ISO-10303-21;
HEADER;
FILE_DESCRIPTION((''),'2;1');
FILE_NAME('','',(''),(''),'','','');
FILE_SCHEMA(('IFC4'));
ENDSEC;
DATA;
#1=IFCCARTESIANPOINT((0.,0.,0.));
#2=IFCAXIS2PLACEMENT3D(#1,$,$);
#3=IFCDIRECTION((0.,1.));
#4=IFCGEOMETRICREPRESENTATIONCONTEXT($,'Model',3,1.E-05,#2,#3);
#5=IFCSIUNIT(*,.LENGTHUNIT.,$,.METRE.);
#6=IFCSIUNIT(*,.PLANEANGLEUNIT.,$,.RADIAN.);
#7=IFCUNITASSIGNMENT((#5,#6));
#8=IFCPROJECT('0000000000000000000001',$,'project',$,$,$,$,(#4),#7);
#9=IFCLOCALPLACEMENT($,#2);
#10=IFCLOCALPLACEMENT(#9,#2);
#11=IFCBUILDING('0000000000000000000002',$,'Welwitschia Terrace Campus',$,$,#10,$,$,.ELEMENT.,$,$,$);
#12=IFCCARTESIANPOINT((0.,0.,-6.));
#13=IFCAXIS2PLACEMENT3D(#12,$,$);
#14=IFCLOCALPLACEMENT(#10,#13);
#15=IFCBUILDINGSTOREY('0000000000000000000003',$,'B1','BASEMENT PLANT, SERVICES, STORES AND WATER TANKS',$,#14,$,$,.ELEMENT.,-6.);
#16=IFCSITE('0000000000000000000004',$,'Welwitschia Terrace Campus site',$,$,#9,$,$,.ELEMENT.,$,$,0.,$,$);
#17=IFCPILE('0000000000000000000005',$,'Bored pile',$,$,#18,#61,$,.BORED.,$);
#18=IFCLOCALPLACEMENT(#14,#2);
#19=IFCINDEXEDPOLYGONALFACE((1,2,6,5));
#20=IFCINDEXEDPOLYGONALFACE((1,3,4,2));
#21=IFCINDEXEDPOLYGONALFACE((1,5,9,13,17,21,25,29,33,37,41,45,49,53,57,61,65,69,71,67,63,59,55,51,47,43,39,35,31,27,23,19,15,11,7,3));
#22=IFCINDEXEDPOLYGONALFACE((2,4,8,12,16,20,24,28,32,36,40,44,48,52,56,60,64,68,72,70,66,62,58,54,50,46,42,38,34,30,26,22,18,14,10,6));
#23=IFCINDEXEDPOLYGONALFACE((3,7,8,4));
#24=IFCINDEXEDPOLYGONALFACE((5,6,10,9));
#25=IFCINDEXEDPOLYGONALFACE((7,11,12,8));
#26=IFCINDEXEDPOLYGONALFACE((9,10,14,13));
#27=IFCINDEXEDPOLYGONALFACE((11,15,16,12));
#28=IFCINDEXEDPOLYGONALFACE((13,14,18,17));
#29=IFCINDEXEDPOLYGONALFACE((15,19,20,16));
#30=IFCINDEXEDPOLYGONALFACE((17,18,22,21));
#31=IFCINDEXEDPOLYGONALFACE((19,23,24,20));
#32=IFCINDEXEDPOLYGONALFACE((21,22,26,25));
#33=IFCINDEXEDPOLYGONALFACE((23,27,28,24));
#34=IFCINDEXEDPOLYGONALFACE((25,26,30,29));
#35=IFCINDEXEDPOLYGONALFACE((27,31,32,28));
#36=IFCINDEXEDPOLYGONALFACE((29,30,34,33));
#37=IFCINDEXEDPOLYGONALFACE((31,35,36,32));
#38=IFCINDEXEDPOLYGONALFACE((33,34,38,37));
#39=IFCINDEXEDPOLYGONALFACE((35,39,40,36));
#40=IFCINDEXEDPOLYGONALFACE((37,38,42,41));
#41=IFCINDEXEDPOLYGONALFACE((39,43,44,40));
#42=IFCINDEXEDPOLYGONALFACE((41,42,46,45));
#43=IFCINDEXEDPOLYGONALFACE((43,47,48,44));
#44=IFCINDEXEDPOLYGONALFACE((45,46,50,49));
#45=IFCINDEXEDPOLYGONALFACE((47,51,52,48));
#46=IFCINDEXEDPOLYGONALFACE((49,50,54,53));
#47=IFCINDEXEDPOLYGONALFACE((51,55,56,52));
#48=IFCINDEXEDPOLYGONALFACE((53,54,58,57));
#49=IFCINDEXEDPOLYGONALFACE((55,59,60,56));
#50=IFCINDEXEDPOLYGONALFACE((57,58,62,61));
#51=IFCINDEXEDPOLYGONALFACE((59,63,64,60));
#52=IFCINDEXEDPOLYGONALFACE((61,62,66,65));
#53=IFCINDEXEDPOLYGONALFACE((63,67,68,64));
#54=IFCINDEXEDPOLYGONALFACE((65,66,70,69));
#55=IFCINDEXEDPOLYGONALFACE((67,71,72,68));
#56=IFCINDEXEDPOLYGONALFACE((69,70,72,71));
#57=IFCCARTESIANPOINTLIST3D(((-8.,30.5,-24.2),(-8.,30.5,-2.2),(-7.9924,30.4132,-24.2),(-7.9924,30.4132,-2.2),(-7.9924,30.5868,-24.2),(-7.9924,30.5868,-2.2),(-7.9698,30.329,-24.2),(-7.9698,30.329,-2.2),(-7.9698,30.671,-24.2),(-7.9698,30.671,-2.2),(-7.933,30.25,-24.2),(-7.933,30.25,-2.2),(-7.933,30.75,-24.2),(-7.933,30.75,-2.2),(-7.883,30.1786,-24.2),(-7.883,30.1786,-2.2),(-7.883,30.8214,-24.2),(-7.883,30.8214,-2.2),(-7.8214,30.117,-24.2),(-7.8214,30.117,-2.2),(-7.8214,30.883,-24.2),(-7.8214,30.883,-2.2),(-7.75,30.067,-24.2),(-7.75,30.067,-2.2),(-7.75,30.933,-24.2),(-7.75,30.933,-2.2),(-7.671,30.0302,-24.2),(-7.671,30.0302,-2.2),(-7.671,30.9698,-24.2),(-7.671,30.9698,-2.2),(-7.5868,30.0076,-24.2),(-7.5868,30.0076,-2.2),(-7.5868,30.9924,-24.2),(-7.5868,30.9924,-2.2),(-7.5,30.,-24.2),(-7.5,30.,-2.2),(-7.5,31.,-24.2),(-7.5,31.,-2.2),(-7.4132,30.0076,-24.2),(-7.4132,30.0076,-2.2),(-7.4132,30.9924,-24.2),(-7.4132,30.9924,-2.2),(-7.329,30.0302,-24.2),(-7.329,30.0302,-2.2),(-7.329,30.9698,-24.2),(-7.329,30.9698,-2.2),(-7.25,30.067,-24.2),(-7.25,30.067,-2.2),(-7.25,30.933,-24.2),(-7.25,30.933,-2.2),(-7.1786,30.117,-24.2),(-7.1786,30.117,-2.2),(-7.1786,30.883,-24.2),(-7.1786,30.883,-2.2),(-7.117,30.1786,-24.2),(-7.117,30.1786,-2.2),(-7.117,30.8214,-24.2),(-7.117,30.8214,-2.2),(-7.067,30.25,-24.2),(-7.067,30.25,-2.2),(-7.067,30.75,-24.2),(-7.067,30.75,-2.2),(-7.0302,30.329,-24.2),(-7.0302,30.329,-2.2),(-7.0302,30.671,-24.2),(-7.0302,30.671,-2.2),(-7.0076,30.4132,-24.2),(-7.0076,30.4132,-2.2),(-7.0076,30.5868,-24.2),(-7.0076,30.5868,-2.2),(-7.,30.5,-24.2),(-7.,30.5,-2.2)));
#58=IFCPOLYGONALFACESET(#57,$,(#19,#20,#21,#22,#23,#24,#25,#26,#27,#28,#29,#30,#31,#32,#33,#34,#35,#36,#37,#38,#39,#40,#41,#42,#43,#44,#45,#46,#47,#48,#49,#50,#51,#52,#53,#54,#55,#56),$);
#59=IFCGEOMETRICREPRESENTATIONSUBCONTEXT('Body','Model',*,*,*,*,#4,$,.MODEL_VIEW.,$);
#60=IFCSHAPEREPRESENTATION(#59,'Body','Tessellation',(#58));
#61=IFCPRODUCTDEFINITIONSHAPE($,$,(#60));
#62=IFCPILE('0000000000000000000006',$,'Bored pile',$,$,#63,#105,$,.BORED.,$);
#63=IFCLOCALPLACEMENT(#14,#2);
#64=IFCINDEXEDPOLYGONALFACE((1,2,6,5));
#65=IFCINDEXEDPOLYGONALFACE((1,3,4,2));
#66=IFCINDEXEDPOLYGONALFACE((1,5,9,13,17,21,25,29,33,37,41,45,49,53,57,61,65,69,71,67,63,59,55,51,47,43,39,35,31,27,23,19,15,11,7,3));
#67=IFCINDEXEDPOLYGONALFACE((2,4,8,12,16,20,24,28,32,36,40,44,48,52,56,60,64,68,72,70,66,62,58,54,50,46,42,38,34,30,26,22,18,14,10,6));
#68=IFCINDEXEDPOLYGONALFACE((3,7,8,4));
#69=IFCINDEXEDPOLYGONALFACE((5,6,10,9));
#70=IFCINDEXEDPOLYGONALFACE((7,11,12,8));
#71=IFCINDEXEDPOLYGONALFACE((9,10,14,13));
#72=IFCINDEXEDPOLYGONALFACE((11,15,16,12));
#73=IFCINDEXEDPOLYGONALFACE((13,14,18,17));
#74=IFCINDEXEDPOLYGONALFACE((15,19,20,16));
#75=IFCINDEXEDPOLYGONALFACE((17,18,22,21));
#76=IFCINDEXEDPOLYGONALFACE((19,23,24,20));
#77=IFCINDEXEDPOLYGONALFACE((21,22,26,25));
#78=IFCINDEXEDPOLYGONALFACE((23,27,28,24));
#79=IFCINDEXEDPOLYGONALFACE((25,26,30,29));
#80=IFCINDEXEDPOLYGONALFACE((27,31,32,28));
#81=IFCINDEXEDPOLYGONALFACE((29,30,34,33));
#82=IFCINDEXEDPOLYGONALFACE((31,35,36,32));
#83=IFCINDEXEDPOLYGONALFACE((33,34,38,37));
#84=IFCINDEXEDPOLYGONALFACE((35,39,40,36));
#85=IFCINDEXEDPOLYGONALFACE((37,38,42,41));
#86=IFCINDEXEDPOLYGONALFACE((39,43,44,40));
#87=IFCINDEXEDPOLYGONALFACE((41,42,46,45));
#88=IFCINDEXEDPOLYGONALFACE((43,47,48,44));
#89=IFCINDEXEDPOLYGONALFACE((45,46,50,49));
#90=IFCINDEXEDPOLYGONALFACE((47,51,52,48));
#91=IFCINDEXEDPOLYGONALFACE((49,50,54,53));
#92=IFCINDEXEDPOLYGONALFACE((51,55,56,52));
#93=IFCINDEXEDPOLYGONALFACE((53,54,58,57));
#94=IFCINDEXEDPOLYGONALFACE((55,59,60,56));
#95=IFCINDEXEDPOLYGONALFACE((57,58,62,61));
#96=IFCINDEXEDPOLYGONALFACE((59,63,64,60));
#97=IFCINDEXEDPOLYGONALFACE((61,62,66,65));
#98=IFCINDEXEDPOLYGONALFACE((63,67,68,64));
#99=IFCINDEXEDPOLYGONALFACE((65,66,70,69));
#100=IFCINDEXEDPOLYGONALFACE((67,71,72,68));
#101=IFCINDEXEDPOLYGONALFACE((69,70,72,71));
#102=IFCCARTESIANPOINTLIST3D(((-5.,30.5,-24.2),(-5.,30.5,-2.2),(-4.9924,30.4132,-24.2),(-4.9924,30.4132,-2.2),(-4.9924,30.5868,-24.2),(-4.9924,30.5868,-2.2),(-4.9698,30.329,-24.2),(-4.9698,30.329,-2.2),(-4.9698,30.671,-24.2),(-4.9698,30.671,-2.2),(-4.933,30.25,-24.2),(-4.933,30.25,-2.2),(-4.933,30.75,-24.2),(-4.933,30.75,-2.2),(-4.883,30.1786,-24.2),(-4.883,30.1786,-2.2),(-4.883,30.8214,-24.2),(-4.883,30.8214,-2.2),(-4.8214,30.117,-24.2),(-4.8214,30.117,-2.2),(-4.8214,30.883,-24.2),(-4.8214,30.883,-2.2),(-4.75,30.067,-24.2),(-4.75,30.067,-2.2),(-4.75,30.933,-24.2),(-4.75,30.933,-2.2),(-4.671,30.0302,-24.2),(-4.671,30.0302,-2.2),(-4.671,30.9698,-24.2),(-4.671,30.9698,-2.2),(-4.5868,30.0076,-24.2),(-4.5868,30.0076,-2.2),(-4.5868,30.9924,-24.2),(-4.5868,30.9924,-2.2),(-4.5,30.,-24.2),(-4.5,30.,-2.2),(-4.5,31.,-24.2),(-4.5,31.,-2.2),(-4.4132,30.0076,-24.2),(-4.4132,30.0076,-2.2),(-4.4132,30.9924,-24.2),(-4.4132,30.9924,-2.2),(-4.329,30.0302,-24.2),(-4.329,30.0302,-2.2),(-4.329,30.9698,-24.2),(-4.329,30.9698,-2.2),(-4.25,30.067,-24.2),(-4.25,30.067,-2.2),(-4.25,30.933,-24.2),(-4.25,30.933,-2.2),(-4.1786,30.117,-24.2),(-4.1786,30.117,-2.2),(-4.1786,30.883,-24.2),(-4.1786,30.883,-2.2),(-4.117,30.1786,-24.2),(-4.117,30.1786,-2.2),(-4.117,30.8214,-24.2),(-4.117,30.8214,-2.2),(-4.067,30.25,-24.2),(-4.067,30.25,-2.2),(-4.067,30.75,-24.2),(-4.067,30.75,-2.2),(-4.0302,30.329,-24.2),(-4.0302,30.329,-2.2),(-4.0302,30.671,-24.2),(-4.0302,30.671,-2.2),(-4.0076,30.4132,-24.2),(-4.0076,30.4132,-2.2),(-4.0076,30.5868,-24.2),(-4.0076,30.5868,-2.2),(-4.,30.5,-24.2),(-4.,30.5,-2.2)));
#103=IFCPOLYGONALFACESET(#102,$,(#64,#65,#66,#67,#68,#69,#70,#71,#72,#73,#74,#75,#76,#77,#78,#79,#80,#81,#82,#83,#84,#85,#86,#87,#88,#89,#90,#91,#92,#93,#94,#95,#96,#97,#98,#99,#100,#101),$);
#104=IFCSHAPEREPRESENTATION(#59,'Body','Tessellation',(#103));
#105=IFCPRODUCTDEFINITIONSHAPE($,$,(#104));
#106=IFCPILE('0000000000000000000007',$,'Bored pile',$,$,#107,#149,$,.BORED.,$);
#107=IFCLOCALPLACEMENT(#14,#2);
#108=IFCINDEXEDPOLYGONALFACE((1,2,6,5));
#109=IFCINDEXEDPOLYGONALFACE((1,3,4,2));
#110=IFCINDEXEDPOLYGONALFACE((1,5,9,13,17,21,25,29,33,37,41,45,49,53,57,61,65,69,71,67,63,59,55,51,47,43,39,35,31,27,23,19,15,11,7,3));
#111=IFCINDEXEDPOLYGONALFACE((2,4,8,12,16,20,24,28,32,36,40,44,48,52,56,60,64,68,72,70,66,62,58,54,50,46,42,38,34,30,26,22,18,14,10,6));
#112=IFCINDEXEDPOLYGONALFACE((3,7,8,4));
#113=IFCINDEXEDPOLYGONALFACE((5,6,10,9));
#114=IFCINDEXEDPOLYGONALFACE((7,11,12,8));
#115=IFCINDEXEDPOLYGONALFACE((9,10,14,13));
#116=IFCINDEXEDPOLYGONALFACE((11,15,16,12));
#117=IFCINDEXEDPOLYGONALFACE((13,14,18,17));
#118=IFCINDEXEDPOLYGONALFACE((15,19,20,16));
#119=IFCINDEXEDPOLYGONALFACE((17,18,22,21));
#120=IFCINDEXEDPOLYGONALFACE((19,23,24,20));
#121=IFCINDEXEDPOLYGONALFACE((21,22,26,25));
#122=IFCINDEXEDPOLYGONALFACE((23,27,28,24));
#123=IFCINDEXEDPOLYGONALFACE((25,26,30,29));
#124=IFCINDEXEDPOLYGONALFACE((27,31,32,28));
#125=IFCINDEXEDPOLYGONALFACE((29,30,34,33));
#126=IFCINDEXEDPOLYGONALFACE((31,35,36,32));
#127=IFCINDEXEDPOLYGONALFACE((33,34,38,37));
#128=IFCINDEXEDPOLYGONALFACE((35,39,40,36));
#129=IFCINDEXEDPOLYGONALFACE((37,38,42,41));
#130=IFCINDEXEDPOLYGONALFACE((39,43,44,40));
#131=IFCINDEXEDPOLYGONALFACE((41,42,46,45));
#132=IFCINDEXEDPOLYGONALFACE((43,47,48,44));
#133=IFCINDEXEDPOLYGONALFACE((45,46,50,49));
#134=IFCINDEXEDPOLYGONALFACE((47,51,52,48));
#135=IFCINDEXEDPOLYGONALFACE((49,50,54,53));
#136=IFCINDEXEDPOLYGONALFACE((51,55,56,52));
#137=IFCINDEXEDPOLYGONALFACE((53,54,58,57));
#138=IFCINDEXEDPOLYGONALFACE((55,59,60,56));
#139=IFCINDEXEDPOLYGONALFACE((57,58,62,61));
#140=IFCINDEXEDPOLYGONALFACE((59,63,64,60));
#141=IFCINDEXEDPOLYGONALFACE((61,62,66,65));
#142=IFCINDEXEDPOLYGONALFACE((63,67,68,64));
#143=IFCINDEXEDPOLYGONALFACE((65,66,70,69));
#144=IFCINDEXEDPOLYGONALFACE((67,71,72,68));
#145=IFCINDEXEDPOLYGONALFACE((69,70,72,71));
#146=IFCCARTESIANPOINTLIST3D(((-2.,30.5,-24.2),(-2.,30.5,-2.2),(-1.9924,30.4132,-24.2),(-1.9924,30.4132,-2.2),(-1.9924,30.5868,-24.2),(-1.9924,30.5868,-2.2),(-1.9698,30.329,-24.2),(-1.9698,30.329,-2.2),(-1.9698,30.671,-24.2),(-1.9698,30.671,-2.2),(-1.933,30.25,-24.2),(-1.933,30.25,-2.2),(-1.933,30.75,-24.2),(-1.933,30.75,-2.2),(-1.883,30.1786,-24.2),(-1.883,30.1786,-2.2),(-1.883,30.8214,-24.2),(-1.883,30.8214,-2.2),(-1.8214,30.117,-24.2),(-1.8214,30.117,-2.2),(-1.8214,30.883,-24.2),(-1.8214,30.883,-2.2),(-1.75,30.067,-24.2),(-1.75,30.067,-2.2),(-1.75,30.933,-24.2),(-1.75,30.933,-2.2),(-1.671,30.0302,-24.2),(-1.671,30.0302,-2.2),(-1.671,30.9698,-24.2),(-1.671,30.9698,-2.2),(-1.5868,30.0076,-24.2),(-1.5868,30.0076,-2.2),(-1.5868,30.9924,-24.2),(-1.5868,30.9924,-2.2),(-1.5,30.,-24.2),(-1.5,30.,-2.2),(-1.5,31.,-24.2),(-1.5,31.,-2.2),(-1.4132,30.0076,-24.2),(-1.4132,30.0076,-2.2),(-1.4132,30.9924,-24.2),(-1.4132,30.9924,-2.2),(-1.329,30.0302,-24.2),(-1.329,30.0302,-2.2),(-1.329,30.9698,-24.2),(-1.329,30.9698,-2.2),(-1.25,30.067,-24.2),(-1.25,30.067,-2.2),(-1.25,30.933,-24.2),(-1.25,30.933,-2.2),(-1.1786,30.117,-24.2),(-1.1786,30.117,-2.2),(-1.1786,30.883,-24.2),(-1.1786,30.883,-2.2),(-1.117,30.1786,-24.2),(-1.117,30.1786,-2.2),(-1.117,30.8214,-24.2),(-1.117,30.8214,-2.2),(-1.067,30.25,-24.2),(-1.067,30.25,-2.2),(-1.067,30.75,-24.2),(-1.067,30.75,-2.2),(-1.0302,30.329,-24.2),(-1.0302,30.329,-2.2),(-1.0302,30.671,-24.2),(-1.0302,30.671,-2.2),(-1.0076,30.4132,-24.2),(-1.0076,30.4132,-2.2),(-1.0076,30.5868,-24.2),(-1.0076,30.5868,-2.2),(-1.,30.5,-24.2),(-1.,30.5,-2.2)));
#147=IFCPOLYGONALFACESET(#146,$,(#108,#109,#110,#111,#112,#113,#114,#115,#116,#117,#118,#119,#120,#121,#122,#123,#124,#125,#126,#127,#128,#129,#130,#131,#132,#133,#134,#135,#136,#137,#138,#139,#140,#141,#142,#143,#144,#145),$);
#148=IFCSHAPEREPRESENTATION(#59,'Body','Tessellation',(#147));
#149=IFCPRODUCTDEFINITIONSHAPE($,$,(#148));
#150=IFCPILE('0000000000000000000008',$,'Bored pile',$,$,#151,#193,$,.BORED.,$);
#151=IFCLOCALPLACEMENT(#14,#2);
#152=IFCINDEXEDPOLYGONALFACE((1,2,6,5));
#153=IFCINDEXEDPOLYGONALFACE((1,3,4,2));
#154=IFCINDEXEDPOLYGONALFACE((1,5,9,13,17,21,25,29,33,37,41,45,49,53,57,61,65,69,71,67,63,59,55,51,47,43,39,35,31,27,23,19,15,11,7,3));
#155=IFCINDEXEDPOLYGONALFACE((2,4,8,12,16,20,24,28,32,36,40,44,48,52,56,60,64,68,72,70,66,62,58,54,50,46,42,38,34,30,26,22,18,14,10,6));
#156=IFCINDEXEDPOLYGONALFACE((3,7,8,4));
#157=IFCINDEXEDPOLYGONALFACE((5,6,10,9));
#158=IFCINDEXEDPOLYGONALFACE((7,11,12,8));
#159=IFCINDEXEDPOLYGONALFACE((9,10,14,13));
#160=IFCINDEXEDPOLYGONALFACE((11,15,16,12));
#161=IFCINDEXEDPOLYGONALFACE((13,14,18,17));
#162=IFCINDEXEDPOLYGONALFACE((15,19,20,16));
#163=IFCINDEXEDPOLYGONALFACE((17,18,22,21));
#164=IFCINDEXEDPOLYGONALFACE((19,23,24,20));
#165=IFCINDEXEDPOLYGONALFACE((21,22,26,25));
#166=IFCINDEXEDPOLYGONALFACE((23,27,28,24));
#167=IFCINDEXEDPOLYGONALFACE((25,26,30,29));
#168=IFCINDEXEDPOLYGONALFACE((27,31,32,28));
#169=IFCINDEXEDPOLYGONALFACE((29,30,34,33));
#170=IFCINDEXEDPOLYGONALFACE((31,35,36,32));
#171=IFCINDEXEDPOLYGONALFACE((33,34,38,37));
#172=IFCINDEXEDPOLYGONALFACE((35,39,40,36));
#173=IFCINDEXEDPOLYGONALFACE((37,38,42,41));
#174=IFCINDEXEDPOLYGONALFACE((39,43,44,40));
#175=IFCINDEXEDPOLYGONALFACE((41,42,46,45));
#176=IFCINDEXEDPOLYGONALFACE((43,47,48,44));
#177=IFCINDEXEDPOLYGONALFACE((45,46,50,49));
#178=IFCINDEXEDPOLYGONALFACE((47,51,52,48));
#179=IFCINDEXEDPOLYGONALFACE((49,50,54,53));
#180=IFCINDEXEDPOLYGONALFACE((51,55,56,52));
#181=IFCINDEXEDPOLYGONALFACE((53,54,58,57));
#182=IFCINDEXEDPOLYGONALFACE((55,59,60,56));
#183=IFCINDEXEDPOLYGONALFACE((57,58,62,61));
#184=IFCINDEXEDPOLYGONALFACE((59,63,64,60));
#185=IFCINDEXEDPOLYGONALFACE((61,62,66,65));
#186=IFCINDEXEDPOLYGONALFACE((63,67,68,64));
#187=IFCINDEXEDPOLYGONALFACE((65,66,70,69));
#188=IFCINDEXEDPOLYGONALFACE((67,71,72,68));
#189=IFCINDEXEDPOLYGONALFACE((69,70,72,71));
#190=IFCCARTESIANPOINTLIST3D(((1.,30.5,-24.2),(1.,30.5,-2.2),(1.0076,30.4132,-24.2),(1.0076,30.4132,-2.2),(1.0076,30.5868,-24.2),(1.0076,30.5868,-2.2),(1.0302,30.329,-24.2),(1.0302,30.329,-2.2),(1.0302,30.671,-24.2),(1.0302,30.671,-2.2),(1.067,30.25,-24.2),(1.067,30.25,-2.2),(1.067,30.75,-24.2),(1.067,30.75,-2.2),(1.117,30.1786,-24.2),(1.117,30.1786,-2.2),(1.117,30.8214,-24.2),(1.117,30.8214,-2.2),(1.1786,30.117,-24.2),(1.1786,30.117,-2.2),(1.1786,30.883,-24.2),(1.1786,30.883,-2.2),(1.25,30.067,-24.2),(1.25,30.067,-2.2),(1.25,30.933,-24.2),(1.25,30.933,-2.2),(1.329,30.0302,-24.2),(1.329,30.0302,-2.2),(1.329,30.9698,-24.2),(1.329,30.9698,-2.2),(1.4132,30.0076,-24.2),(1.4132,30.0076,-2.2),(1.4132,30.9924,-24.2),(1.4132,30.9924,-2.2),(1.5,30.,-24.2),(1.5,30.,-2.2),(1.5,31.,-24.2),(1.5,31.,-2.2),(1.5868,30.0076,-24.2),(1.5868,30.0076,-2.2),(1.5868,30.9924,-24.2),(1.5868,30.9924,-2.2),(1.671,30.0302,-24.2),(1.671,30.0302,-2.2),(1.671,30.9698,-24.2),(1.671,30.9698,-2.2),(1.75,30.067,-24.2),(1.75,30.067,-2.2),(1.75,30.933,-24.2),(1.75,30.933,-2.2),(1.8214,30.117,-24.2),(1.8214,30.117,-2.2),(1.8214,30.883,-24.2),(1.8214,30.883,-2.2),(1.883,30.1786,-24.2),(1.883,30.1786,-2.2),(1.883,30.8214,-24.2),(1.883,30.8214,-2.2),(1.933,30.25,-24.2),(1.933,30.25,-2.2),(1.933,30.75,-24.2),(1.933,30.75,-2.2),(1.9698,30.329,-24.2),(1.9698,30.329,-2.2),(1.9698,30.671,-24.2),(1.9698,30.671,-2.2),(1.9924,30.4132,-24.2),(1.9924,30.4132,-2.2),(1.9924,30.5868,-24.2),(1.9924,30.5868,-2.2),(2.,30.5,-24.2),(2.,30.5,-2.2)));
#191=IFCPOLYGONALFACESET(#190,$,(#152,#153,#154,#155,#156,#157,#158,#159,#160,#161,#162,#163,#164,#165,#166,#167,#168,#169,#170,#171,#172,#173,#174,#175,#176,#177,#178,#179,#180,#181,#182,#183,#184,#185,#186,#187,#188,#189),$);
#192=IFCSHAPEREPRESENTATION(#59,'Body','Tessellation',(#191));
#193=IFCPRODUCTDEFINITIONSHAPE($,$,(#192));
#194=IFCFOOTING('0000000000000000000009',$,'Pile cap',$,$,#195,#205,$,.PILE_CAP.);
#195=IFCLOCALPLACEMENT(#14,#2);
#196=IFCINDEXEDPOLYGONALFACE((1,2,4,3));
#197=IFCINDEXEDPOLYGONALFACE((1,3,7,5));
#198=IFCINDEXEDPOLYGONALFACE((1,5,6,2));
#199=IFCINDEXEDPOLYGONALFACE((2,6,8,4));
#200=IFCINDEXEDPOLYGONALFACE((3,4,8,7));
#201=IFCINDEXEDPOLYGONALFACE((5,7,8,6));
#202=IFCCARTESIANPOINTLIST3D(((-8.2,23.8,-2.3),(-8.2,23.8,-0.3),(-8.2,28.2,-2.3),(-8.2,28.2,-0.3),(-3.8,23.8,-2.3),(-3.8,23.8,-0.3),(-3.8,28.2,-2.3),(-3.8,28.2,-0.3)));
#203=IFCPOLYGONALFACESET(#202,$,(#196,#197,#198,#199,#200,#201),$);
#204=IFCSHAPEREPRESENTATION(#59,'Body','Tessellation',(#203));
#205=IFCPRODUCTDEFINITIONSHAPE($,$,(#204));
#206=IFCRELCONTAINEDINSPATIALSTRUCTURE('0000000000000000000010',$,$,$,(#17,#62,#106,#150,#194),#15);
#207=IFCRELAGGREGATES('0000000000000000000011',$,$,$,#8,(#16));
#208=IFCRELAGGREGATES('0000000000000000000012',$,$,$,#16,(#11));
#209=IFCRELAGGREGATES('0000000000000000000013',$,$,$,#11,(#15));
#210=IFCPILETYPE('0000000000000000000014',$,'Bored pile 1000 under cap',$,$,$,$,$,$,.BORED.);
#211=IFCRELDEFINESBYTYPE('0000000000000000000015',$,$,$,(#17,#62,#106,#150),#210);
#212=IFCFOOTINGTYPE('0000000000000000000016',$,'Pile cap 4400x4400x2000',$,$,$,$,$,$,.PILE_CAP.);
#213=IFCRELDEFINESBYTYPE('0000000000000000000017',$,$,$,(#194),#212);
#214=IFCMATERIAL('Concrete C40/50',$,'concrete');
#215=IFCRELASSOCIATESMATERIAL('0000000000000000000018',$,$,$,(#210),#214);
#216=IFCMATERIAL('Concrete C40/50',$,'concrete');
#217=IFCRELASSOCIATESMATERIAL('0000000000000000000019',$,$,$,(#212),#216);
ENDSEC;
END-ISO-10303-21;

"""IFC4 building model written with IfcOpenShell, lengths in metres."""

from ifc_helpers import new_model, si_unit, direction, frame, origin, origin_2d, place, context, subcontext, project, spatial, rectangle, circle, extrude, material, type_object, element, save


model = new_model("IFC4")

# Units and contexts
model_context = context("Model", 3, precision=1e-05, world=origin(), true_north=direction((0.0, 1.0)))
body_context = subcontext(model_context, "Body", "Model", "MODEL_VIEW")
ifc_project = project(units=[si_unit("LENGTHUNIT", "METRE"), si_unit("PLANEANGLEUNIT", "RADIAN")], contexts=[model_context])

# Site, building, storey
site_placement = place(None, origin())
site = spatial("IfcSite", under=ifc_project, at=site_placement, Name="Welwitschia Terrace Campus site", CompositionType="ELEMENT", RefElevation=0.0)
building_placement = place(site_placement, origin())
building = spatial("IfcBuilding", under=site, at=building_placement, Name="Welwitschia Terrace Campus", CompositionType="ELEMENT")
storey_placement = place(building_placement, frame((0.0, 0.0, -6.0)))
storey = spatial("IfcBuildingStorey", under=building, at=storey_placement, Name="B1", Description="BASEMENT PLANT, SERVICES, STORES AND WATER TANKS", CompositionType="ELEMENT", Elevation=-6.0)

# Piles
ifc_material_1 = material(Name="Concrete C40/50", Category="concrete")
pile_type_1 = type_object("IfcPileType", Name="Bored pile 1000 under cap", PredefinedType="BORED", material=ifc_material_1)
for number, where, z_axis, x_axis, name in (
    (1, (-7.5, 30.5, -2.2), (0.0, 0.0, -1.0), (1.0, 0.0, 0.0), "Bored pile"),
    (2, (-4.5, 30.5, -2.2), (0.0, 0.0, -1.0), (1.0, 0.0, 0.0), "Bored pile"),
    (3, (-1.5, 30.5, -2.2), (0.0, 0.0, -1.0), (1.0, 0.0, 0.0), "Bored pile"),
    (4, (1.5, 30.5, -2.2), (0.0, 0.0, -1.0), (1.0, 0.0, 0.0), "Bored pile"),
):
    element("IfcPile", number, at=place(storey_placement, frame(where, z_axis=z_axis, x_axis=x_axis)), inside=storey, type_object=pile_type_1, Name=name, PredefinedType="BORED", context=body_context, shape_type="SweptSolid", body=[
        extrude(circle(Radius=0.5, at=origin_2d()), origin(), (0.0, 0.0, 1.0), 22.0),
    ])

# Footing
ifc_material_2 = material(Name="Concrete C40/50", Category="concrete")
footing_type = type_object("IfcFootingType", Name="Pile cap 4400x4400x2000", PredefinedType="PILE_CAP", material=ifc_material_2)
footing_placement = place(storey_placement, frame((-6.0, 26.0, -2.3), z_axis=(0.0, 0.0, 1.0), x_axis=(1.0, 0.0, 0.0)))
element("IfcFooting", 5, at=footing_placement, inside=storey, type_object=footing_type, Name="Pile cap", PredefinedType="PILE_CAP", context=body_context, shape_type="SweptSolid", body=[
    extrude(rectangle(XDim=4.3999, YDim=4.3999, at=origin_2d()), origin(), (0.0, 0.0, 1.0), 2.0),
])

save(model, "model.ifc")
